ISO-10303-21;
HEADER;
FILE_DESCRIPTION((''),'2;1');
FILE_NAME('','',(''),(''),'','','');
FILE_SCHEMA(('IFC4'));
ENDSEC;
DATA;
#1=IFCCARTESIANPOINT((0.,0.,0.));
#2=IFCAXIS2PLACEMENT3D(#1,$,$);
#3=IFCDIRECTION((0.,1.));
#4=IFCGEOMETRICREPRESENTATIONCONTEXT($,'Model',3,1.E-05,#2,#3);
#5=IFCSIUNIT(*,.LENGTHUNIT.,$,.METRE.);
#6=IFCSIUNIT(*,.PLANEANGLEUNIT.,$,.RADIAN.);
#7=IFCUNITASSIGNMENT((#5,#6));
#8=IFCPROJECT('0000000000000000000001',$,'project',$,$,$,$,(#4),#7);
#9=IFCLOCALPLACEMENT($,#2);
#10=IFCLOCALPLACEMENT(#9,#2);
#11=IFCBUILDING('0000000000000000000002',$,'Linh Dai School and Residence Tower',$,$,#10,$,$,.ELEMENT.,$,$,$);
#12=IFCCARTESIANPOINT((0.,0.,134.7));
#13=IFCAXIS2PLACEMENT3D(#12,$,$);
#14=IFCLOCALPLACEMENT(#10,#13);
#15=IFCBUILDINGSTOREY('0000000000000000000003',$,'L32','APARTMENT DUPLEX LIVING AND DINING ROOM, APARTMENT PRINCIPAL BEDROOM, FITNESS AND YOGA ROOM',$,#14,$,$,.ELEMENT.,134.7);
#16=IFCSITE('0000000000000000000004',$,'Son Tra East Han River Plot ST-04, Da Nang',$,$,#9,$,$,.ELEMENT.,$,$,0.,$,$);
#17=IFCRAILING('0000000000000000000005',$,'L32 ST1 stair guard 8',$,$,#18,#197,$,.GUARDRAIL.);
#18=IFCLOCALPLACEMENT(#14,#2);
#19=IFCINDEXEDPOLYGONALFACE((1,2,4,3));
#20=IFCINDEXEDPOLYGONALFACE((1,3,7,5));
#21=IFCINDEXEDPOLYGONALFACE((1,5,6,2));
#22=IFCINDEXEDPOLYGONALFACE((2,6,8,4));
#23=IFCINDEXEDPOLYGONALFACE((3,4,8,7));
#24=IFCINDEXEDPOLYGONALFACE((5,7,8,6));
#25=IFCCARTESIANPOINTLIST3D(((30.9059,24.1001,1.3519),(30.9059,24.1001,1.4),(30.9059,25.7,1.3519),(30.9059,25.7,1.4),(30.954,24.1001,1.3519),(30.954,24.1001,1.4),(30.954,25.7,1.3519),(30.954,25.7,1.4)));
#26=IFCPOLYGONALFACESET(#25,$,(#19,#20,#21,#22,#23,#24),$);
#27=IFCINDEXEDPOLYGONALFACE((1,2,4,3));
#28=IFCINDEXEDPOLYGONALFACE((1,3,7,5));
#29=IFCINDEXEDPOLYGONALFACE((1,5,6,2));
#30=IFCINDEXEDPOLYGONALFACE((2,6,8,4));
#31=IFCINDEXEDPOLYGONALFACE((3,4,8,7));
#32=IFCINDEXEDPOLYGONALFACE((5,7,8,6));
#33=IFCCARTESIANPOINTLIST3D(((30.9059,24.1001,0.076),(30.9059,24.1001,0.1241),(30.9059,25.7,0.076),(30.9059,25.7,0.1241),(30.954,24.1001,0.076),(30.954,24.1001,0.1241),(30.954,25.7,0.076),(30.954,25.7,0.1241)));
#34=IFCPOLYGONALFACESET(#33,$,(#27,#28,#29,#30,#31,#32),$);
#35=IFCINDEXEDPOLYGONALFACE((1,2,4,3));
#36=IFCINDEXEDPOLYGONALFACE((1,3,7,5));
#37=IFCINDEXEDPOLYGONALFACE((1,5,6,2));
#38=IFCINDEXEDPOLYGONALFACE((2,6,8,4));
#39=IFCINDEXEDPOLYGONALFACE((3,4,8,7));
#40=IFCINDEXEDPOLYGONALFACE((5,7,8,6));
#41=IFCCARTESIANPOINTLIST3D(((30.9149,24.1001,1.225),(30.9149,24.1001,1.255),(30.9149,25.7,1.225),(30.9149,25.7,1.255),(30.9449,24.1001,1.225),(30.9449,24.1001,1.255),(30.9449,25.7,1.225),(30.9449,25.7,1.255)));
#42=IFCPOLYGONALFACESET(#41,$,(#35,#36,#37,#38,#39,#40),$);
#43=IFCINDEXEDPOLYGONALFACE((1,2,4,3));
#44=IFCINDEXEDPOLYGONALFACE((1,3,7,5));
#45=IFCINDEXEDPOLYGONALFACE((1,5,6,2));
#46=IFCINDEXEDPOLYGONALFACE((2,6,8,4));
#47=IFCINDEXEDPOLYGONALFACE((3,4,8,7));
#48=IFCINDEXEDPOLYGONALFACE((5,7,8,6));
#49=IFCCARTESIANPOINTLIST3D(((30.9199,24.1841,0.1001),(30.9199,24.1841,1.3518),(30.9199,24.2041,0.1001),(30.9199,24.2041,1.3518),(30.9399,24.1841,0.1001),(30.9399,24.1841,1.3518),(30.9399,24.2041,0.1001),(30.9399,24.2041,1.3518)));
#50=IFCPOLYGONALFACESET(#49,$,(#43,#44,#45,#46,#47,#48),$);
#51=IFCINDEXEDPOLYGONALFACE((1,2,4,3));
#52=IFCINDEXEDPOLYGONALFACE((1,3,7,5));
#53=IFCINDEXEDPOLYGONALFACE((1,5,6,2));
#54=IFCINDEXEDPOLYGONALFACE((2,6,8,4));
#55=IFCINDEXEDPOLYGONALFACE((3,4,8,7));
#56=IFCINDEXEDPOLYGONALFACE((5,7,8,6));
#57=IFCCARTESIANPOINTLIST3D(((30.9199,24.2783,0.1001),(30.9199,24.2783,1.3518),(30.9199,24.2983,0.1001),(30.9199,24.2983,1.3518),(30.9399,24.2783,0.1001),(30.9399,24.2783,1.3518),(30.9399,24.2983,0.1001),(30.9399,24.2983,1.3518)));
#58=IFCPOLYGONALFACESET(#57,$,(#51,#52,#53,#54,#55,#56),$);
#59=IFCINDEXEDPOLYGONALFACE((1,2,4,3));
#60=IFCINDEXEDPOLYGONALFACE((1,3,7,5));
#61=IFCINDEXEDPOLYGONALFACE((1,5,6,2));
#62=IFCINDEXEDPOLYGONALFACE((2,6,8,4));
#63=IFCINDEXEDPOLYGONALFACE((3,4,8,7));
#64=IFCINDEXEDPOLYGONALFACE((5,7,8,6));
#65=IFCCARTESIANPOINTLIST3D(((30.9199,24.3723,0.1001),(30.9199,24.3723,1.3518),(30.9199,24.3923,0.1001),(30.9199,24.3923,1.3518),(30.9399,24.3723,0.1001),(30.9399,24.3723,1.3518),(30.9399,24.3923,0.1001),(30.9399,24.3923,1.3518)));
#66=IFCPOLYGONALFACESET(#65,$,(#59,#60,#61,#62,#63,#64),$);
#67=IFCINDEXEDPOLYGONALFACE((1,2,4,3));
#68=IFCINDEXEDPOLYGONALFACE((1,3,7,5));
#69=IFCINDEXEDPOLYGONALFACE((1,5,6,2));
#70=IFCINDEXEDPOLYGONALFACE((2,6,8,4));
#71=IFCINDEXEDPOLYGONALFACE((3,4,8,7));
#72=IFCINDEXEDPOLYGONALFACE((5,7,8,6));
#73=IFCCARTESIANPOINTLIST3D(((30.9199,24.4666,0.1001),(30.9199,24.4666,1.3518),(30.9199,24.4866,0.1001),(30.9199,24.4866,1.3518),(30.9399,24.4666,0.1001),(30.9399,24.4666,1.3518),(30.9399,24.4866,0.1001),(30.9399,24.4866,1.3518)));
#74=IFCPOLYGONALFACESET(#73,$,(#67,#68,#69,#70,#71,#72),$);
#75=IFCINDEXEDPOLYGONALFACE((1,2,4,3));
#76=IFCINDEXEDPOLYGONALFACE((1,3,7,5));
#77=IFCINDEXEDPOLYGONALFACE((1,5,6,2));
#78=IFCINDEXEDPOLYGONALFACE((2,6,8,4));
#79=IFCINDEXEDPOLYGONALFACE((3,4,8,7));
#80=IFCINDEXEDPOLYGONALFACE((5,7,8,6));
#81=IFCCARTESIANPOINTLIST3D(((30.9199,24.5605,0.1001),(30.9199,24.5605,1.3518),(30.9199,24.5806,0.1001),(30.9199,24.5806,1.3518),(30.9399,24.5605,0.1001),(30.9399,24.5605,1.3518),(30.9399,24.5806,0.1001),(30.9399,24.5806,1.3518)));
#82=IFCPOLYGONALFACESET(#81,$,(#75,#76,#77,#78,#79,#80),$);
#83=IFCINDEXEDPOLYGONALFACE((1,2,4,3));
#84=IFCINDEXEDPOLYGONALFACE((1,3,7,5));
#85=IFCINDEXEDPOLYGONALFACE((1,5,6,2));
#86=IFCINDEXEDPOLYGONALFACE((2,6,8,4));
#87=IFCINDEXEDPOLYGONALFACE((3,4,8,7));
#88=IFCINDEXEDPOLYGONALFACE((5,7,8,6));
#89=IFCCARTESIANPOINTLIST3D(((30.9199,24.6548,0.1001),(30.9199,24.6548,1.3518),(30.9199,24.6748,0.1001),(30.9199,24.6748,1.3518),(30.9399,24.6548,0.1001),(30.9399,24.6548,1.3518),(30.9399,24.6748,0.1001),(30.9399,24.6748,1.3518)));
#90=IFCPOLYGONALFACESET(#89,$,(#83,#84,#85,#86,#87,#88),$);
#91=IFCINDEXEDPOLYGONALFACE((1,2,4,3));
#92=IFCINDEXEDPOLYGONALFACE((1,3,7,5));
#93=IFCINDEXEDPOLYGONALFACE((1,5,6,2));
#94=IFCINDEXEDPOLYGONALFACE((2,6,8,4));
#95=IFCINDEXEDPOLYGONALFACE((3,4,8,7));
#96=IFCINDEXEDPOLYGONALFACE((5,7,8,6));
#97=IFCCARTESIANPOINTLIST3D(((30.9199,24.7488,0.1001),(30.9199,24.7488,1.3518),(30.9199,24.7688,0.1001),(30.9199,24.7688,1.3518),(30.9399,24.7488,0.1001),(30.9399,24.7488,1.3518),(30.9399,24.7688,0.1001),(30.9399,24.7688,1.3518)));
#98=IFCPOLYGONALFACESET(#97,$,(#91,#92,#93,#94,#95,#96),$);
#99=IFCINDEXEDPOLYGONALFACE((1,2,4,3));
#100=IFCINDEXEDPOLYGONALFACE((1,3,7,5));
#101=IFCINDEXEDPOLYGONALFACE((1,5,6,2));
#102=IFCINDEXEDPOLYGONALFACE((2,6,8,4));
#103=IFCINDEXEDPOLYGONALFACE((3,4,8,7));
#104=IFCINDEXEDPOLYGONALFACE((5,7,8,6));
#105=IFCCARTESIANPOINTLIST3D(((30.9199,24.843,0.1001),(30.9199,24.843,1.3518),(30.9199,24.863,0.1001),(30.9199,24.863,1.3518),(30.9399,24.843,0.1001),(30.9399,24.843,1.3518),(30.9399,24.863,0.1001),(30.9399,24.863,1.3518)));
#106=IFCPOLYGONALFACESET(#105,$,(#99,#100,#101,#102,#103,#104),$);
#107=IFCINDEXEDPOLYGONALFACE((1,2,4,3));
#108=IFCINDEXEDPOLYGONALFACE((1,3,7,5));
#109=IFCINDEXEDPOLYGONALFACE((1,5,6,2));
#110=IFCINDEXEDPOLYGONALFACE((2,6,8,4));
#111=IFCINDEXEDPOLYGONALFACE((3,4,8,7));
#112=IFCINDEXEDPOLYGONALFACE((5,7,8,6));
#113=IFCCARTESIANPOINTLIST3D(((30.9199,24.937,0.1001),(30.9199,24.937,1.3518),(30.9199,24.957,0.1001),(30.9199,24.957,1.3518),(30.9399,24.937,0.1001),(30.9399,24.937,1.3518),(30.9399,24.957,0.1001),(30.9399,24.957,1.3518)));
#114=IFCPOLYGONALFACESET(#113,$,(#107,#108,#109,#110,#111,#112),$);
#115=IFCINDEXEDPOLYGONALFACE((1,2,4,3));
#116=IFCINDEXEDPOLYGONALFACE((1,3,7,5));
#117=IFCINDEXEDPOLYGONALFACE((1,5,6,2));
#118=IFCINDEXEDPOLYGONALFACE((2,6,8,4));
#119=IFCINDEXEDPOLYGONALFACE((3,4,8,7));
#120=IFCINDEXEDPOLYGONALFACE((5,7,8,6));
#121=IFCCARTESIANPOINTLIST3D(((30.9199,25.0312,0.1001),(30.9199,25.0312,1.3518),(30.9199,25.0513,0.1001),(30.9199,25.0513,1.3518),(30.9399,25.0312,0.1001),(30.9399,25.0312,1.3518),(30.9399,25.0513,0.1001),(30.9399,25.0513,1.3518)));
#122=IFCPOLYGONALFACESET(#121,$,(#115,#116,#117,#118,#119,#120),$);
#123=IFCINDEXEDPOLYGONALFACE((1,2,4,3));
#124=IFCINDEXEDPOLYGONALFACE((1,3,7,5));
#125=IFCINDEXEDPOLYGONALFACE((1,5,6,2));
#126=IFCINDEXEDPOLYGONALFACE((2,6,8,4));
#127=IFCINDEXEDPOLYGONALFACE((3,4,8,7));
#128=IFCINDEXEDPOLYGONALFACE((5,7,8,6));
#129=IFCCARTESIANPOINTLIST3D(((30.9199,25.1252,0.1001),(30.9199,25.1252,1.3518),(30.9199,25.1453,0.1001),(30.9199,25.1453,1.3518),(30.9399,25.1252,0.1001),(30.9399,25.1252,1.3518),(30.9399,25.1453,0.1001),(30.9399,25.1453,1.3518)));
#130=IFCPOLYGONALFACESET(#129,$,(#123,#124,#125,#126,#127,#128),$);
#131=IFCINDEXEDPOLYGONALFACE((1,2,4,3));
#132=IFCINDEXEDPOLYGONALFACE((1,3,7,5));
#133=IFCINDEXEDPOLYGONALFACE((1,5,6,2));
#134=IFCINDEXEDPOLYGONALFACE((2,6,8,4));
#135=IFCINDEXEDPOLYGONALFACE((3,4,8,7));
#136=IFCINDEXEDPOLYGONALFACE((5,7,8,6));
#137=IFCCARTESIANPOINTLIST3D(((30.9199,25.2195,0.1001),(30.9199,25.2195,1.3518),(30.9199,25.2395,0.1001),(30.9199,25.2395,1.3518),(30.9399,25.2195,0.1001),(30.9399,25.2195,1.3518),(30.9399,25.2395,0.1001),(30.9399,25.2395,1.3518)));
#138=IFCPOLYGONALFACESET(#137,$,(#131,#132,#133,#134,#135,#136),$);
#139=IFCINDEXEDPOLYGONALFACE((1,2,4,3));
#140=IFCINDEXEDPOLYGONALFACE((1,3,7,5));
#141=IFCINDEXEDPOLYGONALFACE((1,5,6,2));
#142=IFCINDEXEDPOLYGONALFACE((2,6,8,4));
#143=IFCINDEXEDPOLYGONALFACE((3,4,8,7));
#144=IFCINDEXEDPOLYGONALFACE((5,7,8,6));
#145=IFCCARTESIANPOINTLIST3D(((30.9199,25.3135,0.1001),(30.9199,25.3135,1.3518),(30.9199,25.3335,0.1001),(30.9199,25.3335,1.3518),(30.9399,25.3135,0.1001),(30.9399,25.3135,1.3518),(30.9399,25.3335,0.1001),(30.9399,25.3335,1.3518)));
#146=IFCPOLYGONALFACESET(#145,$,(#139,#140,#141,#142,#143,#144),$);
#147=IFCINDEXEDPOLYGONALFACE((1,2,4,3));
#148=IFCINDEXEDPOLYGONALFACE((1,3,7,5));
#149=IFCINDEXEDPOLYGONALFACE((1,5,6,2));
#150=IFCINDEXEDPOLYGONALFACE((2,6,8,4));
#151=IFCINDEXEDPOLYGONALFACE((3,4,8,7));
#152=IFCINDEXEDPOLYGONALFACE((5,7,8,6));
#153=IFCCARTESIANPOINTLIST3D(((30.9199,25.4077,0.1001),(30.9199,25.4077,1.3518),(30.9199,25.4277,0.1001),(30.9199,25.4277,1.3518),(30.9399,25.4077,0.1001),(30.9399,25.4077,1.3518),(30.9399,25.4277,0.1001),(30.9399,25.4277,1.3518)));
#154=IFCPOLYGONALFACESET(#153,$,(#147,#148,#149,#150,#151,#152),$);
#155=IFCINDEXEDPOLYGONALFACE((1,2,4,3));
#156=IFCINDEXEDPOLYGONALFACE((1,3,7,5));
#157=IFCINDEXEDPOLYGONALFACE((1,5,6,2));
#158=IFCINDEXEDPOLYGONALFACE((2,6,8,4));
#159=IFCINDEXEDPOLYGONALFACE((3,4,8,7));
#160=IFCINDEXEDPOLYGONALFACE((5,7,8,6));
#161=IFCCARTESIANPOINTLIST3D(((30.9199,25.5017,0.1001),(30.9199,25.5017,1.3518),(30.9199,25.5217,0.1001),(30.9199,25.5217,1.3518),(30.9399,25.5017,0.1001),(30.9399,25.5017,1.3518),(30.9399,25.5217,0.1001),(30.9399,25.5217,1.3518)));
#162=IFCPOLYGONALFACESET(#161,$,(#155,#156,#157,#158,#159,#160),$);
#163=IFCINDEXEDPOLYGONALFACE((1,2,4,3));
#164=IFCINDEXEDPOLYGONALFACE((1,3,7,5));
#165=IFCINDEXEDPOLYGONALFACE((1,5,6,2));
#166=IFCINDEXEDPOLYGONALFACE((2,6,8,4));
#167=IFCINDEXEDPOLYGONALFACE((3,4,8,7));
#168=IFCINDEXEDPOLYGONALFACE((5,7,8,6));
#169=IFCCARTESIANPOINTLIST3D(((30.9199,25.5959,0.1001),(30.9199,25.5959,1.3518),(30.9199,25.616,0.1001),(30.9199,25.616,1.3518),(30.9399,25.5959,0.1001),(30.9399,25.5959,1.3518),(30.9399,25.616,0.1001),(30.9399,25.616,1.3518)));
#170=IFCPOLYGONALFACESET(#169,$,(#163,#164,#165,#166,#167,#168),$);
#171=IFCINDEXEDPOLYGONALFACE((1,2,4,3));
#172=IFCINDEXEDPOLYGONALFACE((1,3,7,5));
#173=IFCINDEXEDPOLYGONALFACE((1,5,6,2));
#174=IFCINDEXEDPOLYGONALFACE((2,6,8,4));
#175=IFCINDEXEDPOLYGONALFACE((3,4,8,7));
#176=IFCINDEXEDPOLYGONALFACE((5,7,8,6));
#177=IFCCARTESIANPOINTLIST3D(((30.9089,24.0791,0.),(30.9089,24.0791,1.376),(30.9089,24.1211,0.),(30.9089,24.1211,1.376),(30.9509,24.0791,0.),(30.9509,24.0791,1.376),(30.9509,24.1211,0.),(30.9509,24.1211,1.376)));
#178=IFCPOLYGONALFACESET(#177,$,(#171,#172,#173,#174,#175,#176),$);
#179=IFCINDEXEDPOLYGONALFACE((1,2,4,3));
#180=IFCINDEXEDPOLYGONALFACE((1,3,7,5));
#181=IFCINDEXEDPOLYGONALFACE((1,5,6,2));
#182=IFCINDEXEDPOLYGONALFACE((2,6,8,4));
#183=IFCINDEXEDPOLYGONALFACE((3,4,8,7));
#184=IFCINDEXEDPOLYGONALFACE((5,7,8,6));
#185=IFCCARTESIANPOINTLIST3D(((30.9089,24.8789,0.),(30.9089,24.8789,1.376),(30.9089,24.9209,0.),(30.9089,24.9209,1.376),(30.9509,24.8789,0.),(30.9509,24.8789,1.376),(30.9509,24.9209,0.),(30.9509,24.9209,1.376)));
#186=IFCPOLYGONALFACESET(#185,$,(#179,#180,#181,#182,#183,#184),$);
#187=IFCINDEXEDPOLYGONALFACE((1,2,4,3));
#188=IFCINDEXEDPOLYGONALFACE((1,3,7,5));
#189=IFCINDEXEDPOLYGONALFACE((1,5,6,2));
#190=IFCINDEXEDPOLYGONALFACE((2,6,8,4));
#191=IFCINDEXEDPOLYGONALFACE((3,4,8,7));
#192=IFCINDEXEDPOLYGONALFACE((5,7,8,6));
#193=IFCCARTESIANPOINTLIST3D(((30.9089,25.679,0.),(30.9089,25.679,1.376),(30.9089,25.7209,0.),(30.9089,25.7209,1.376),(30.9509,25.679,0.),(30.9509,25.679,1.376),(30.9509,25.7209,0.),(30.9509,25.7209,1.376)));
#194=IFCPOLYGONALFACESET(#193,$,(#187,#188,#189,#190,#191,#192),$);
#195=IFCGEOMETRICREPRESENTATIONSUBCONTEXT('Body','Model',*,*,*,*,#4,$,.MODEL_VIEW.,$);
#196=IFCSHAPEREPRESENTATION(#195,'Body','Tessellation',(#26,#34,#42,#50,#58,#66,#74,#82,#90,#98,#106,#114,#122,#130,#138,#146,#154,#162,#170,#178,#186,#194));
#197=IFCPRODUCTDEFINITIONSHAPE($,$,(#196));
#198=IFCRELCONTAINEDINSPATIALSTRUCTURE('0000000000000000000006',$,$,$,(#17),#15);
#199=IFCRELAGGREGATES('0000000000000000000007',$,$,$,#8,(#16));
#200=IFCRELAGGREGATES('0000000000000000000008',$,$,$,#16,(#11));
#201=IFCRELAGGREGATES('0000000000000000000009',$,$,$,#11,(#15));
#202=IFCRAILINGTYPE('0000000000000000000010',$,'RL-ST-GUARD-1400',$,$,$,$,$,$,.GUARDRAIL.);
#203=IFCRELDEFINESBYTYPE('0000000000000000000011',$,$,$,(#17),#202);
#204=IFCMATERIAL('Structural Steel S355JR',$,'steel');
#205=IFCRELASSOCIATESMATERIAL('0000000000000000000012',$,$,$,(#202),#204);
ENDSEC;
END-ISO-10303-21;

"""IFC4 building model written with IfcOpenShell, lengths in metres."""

from ifc_helpers import new_model, si_unit, direction, frame, origin, origin_2d, place, context, subcontext, project, spatial, rectangle, extrude, source, transform, mapped, material, type_object, element, save


model = new_model("IFC4")

# Units and contexts
model_context = context("Model", 3, precision=1e-05, world=origin(), true_north=direction((0.0, 1.0)))
body_context = subcontext(model_context, "Body", "Model", "MODEL_VIEW")
ifc_project = project(units=[si_unit("LENGTHUNIT", "METRE"), si_unit("PLANEANGLEUNIT", "RADIAN")], contexts=[model_context])

# Site, building, storey
site_placement = place(None, origin())
site = spatial("IfcSite", under=ifc_project, at=site_placement, Name="Son Tra East Han River Plot ST-04, Da Nang", CompositionType="ELEMENT", RefElevation=0.0)
building_placement = place(site_placement, origin())
building = spatial("IfcBuilding", under=site, at=building_placement, Name="Linh Dai School and Residence Tower", CompositionType="ELEMENT")
storey_placement = place(building_placement, frame((0.0, 0.0, 134.7)))
storey = spatial("IfcBuildingStorey", under=building, at=storey_placement, Name="L32", Description="APARTMENT DUPLEX LIVING AND DINING ROOM, APARTMENT PRINCIPAL BEDROOM, FITNESS AND YOGA ROOM", CompositionType="ELEMENT", Elevation=134.7)

# Shared definitions
ifc_material_1 = material(Name="Structural Steel S355JR", Category="steel")

# Railing
railing_type = type_object("IfcRailingType", Name="RL-ST-GUARD-1400", PredefinedType="GUARDRAIL", material=ifc_material_1)
shared_shape_1 = source(origin(), body_context, "Body", "SweptSolid", [
    extrude(rectangle(XDim=0.0481, YDim=0.0481, at=origin_2d()), frame((0.0, 0.0, 1.376), z_axis=(0.0, 1.0, 0.0), x_axis=(-1.0, 0.0, 0.0)), (0.0, 0.0, 1.0), 1.5999),
    extrude(rectangle(XDim=0.0481, YDim=0.0481, at=origin_2d()), frame((0.0, 0.0, 0.1001), z_axis=(0.0, 1.0, 0.0), x_axis=(-1.0, 0.0, 0.0)), (0.0, 0.0, 1.0), 1.5999),
    extrude(rectangle(XDim=0.03, YDim=0.03, at=origin_2d()), frame((0.0, 0.0, 1.24), z_axis=(0.0, 1.0, 0.0), x_axis=(-1.0, 0.0, 0.0)), (0.0, 0.0, 1.0), 1.5999),
    extrude(rectangle(XDim=0.02, YDim=0.02, at=origin_2d()), frame((0.0, 0.094, 0.1001)), (0.0, 0.0, 1.0), 1.2517),
    extrude(rectangle(XDim=0.02, YDim=0.02, at=origin_2d()), frame((0.0, 0.1882, 0.1001)), (0.0, 0.0, 1.0), 1.2517),
    extrude(rectangle(XDim=0.02, YDim=0.02, at=origin_2d()), frame((0.0, 0.2822, 0.1001)), (0.0, 0.0, 1.0), 1.2517),
    extrude(rectangle(XDim=0.02, YDim=0.02, at=origin_2d()), frame((0.0, 0.3765, 0.1001)), (0.0, 0.0, 1.0), 1.2517),
    extrude(rectangle(XDim=0.02, YDim=0.02, at=origin_2d()), frame((0.0, 0.4705, 0.1001)), (0.0, 0.0, 1.0), 1.2517),
    extrude(rectangle(XDim=0.02, YDim=0.02, at=origin_2d()), frame((0.0, 0.5647, 0.1001)), (0.0, 0.0, 1.0), 1.2517),
    extrude(rectangle(XDim=0.02, YDim=0.02, at=origin_2d()), frame((0.0, 0.6587, 0.1001)), (0.0, 0.0, 1.0), 1.2517),
    extrude(rectangle(XDim=0.02, YDim=0.02, at=origin_2d()), frame((0.0, 0.7529, 0.1001)), (0.0, 0.0, 1.0), 1.2517),
    extrude(rectangle(XDim=0.02, YDim=0.02, at=origin_2d()), frame((0.0, 0.8469, 0.1001)), (0.0, 0.0, 1.0), 1.2517),
    extrude(rectangle(XDim=0.02, YDim=0.02, at=origin_2d()), frame((0.0, 0.9412, 0.1001)), (0.0, 0.0, 1.0), 1.2517),
    extrude(rectangle(XDim=0.02, YDim=0.02, at=origin_2d()), frame((0.0, 1.0352, 0.1001)), (0.0, 0.0, 1.0), 1.2517),
    extrude(rectangle(XDim=0.02, YDim=0.02, at=origin_2d()), frame((0.0, 1.1294, 0.1001)), (0.0, 0.0, 1.0), 1.2517),
    extrude(rectangle(XDim=0.02, YDim=0.02, at=origin_2d()), frame((0.0, 1.2234, 0.1001)), (0.0, 0.0, 1.0), 1.2517),
    extrude(rectangle(XDim=0.02, YDim=0.02, at=origin_2d()), frame((0.0, 1.3176, 0.1001)), (0.0, 0.0, 1.0), 1.2517),
    extrude(rectangle(XDim=0.02, YDim=0.02, at=origin_2d()), frame((0.0, 1.4116, 0.1001)), (0.0, 0.0, 1.0), 1.2517),
    extrude(rectangle(XDim=0.02, YDim=0.02, at=origin_2d()), frame((0.0, 1.5059, 0.1001)), (0.0, 0.0, 1.0), 1.2517),
    extrude(rectangle(XDim=0.042, YDim=0.042, at=origin_2d()), origin(), (0.0, 0.0, 1.0), 1.376),
    extrude(rectangle(XDim=0.042, YDim=0.042, at=origin_2d()), frame((0.0, 0.7998, 0.0)), (0.0, 0.0, 1.0), 1.376),
    extrude(rectangle(XDim=0.042, YDim=0.042, at=origin_2d()), frame((0.0, 1.5999, 0.0)), (0.0, 0.0, 1.0), 1.376),
])
for number, where, name in (
    (1, (30.9299, 24.1001, 0.0), "L32 ST1 stair guard 8"),
):
    element("IfcRailing", number, at=place(storey_placement, frame(where)), inside=storey, type_object=railing_type, Name=name, PredefinedType="GUARDRAIL", context=body_context, shape_type="MappedRepresentation", body=[
        mapped(shared_shape_1, transform((0.0, 0.0, 0.0), x_axis=(1.0, 0.0, 0.0), y_axis=(0.0, 1.0, 0.0), z_axis=(0.0, 0.0, 1.0), scale=1.0)),
    ])

save(model, "model.ifc")
